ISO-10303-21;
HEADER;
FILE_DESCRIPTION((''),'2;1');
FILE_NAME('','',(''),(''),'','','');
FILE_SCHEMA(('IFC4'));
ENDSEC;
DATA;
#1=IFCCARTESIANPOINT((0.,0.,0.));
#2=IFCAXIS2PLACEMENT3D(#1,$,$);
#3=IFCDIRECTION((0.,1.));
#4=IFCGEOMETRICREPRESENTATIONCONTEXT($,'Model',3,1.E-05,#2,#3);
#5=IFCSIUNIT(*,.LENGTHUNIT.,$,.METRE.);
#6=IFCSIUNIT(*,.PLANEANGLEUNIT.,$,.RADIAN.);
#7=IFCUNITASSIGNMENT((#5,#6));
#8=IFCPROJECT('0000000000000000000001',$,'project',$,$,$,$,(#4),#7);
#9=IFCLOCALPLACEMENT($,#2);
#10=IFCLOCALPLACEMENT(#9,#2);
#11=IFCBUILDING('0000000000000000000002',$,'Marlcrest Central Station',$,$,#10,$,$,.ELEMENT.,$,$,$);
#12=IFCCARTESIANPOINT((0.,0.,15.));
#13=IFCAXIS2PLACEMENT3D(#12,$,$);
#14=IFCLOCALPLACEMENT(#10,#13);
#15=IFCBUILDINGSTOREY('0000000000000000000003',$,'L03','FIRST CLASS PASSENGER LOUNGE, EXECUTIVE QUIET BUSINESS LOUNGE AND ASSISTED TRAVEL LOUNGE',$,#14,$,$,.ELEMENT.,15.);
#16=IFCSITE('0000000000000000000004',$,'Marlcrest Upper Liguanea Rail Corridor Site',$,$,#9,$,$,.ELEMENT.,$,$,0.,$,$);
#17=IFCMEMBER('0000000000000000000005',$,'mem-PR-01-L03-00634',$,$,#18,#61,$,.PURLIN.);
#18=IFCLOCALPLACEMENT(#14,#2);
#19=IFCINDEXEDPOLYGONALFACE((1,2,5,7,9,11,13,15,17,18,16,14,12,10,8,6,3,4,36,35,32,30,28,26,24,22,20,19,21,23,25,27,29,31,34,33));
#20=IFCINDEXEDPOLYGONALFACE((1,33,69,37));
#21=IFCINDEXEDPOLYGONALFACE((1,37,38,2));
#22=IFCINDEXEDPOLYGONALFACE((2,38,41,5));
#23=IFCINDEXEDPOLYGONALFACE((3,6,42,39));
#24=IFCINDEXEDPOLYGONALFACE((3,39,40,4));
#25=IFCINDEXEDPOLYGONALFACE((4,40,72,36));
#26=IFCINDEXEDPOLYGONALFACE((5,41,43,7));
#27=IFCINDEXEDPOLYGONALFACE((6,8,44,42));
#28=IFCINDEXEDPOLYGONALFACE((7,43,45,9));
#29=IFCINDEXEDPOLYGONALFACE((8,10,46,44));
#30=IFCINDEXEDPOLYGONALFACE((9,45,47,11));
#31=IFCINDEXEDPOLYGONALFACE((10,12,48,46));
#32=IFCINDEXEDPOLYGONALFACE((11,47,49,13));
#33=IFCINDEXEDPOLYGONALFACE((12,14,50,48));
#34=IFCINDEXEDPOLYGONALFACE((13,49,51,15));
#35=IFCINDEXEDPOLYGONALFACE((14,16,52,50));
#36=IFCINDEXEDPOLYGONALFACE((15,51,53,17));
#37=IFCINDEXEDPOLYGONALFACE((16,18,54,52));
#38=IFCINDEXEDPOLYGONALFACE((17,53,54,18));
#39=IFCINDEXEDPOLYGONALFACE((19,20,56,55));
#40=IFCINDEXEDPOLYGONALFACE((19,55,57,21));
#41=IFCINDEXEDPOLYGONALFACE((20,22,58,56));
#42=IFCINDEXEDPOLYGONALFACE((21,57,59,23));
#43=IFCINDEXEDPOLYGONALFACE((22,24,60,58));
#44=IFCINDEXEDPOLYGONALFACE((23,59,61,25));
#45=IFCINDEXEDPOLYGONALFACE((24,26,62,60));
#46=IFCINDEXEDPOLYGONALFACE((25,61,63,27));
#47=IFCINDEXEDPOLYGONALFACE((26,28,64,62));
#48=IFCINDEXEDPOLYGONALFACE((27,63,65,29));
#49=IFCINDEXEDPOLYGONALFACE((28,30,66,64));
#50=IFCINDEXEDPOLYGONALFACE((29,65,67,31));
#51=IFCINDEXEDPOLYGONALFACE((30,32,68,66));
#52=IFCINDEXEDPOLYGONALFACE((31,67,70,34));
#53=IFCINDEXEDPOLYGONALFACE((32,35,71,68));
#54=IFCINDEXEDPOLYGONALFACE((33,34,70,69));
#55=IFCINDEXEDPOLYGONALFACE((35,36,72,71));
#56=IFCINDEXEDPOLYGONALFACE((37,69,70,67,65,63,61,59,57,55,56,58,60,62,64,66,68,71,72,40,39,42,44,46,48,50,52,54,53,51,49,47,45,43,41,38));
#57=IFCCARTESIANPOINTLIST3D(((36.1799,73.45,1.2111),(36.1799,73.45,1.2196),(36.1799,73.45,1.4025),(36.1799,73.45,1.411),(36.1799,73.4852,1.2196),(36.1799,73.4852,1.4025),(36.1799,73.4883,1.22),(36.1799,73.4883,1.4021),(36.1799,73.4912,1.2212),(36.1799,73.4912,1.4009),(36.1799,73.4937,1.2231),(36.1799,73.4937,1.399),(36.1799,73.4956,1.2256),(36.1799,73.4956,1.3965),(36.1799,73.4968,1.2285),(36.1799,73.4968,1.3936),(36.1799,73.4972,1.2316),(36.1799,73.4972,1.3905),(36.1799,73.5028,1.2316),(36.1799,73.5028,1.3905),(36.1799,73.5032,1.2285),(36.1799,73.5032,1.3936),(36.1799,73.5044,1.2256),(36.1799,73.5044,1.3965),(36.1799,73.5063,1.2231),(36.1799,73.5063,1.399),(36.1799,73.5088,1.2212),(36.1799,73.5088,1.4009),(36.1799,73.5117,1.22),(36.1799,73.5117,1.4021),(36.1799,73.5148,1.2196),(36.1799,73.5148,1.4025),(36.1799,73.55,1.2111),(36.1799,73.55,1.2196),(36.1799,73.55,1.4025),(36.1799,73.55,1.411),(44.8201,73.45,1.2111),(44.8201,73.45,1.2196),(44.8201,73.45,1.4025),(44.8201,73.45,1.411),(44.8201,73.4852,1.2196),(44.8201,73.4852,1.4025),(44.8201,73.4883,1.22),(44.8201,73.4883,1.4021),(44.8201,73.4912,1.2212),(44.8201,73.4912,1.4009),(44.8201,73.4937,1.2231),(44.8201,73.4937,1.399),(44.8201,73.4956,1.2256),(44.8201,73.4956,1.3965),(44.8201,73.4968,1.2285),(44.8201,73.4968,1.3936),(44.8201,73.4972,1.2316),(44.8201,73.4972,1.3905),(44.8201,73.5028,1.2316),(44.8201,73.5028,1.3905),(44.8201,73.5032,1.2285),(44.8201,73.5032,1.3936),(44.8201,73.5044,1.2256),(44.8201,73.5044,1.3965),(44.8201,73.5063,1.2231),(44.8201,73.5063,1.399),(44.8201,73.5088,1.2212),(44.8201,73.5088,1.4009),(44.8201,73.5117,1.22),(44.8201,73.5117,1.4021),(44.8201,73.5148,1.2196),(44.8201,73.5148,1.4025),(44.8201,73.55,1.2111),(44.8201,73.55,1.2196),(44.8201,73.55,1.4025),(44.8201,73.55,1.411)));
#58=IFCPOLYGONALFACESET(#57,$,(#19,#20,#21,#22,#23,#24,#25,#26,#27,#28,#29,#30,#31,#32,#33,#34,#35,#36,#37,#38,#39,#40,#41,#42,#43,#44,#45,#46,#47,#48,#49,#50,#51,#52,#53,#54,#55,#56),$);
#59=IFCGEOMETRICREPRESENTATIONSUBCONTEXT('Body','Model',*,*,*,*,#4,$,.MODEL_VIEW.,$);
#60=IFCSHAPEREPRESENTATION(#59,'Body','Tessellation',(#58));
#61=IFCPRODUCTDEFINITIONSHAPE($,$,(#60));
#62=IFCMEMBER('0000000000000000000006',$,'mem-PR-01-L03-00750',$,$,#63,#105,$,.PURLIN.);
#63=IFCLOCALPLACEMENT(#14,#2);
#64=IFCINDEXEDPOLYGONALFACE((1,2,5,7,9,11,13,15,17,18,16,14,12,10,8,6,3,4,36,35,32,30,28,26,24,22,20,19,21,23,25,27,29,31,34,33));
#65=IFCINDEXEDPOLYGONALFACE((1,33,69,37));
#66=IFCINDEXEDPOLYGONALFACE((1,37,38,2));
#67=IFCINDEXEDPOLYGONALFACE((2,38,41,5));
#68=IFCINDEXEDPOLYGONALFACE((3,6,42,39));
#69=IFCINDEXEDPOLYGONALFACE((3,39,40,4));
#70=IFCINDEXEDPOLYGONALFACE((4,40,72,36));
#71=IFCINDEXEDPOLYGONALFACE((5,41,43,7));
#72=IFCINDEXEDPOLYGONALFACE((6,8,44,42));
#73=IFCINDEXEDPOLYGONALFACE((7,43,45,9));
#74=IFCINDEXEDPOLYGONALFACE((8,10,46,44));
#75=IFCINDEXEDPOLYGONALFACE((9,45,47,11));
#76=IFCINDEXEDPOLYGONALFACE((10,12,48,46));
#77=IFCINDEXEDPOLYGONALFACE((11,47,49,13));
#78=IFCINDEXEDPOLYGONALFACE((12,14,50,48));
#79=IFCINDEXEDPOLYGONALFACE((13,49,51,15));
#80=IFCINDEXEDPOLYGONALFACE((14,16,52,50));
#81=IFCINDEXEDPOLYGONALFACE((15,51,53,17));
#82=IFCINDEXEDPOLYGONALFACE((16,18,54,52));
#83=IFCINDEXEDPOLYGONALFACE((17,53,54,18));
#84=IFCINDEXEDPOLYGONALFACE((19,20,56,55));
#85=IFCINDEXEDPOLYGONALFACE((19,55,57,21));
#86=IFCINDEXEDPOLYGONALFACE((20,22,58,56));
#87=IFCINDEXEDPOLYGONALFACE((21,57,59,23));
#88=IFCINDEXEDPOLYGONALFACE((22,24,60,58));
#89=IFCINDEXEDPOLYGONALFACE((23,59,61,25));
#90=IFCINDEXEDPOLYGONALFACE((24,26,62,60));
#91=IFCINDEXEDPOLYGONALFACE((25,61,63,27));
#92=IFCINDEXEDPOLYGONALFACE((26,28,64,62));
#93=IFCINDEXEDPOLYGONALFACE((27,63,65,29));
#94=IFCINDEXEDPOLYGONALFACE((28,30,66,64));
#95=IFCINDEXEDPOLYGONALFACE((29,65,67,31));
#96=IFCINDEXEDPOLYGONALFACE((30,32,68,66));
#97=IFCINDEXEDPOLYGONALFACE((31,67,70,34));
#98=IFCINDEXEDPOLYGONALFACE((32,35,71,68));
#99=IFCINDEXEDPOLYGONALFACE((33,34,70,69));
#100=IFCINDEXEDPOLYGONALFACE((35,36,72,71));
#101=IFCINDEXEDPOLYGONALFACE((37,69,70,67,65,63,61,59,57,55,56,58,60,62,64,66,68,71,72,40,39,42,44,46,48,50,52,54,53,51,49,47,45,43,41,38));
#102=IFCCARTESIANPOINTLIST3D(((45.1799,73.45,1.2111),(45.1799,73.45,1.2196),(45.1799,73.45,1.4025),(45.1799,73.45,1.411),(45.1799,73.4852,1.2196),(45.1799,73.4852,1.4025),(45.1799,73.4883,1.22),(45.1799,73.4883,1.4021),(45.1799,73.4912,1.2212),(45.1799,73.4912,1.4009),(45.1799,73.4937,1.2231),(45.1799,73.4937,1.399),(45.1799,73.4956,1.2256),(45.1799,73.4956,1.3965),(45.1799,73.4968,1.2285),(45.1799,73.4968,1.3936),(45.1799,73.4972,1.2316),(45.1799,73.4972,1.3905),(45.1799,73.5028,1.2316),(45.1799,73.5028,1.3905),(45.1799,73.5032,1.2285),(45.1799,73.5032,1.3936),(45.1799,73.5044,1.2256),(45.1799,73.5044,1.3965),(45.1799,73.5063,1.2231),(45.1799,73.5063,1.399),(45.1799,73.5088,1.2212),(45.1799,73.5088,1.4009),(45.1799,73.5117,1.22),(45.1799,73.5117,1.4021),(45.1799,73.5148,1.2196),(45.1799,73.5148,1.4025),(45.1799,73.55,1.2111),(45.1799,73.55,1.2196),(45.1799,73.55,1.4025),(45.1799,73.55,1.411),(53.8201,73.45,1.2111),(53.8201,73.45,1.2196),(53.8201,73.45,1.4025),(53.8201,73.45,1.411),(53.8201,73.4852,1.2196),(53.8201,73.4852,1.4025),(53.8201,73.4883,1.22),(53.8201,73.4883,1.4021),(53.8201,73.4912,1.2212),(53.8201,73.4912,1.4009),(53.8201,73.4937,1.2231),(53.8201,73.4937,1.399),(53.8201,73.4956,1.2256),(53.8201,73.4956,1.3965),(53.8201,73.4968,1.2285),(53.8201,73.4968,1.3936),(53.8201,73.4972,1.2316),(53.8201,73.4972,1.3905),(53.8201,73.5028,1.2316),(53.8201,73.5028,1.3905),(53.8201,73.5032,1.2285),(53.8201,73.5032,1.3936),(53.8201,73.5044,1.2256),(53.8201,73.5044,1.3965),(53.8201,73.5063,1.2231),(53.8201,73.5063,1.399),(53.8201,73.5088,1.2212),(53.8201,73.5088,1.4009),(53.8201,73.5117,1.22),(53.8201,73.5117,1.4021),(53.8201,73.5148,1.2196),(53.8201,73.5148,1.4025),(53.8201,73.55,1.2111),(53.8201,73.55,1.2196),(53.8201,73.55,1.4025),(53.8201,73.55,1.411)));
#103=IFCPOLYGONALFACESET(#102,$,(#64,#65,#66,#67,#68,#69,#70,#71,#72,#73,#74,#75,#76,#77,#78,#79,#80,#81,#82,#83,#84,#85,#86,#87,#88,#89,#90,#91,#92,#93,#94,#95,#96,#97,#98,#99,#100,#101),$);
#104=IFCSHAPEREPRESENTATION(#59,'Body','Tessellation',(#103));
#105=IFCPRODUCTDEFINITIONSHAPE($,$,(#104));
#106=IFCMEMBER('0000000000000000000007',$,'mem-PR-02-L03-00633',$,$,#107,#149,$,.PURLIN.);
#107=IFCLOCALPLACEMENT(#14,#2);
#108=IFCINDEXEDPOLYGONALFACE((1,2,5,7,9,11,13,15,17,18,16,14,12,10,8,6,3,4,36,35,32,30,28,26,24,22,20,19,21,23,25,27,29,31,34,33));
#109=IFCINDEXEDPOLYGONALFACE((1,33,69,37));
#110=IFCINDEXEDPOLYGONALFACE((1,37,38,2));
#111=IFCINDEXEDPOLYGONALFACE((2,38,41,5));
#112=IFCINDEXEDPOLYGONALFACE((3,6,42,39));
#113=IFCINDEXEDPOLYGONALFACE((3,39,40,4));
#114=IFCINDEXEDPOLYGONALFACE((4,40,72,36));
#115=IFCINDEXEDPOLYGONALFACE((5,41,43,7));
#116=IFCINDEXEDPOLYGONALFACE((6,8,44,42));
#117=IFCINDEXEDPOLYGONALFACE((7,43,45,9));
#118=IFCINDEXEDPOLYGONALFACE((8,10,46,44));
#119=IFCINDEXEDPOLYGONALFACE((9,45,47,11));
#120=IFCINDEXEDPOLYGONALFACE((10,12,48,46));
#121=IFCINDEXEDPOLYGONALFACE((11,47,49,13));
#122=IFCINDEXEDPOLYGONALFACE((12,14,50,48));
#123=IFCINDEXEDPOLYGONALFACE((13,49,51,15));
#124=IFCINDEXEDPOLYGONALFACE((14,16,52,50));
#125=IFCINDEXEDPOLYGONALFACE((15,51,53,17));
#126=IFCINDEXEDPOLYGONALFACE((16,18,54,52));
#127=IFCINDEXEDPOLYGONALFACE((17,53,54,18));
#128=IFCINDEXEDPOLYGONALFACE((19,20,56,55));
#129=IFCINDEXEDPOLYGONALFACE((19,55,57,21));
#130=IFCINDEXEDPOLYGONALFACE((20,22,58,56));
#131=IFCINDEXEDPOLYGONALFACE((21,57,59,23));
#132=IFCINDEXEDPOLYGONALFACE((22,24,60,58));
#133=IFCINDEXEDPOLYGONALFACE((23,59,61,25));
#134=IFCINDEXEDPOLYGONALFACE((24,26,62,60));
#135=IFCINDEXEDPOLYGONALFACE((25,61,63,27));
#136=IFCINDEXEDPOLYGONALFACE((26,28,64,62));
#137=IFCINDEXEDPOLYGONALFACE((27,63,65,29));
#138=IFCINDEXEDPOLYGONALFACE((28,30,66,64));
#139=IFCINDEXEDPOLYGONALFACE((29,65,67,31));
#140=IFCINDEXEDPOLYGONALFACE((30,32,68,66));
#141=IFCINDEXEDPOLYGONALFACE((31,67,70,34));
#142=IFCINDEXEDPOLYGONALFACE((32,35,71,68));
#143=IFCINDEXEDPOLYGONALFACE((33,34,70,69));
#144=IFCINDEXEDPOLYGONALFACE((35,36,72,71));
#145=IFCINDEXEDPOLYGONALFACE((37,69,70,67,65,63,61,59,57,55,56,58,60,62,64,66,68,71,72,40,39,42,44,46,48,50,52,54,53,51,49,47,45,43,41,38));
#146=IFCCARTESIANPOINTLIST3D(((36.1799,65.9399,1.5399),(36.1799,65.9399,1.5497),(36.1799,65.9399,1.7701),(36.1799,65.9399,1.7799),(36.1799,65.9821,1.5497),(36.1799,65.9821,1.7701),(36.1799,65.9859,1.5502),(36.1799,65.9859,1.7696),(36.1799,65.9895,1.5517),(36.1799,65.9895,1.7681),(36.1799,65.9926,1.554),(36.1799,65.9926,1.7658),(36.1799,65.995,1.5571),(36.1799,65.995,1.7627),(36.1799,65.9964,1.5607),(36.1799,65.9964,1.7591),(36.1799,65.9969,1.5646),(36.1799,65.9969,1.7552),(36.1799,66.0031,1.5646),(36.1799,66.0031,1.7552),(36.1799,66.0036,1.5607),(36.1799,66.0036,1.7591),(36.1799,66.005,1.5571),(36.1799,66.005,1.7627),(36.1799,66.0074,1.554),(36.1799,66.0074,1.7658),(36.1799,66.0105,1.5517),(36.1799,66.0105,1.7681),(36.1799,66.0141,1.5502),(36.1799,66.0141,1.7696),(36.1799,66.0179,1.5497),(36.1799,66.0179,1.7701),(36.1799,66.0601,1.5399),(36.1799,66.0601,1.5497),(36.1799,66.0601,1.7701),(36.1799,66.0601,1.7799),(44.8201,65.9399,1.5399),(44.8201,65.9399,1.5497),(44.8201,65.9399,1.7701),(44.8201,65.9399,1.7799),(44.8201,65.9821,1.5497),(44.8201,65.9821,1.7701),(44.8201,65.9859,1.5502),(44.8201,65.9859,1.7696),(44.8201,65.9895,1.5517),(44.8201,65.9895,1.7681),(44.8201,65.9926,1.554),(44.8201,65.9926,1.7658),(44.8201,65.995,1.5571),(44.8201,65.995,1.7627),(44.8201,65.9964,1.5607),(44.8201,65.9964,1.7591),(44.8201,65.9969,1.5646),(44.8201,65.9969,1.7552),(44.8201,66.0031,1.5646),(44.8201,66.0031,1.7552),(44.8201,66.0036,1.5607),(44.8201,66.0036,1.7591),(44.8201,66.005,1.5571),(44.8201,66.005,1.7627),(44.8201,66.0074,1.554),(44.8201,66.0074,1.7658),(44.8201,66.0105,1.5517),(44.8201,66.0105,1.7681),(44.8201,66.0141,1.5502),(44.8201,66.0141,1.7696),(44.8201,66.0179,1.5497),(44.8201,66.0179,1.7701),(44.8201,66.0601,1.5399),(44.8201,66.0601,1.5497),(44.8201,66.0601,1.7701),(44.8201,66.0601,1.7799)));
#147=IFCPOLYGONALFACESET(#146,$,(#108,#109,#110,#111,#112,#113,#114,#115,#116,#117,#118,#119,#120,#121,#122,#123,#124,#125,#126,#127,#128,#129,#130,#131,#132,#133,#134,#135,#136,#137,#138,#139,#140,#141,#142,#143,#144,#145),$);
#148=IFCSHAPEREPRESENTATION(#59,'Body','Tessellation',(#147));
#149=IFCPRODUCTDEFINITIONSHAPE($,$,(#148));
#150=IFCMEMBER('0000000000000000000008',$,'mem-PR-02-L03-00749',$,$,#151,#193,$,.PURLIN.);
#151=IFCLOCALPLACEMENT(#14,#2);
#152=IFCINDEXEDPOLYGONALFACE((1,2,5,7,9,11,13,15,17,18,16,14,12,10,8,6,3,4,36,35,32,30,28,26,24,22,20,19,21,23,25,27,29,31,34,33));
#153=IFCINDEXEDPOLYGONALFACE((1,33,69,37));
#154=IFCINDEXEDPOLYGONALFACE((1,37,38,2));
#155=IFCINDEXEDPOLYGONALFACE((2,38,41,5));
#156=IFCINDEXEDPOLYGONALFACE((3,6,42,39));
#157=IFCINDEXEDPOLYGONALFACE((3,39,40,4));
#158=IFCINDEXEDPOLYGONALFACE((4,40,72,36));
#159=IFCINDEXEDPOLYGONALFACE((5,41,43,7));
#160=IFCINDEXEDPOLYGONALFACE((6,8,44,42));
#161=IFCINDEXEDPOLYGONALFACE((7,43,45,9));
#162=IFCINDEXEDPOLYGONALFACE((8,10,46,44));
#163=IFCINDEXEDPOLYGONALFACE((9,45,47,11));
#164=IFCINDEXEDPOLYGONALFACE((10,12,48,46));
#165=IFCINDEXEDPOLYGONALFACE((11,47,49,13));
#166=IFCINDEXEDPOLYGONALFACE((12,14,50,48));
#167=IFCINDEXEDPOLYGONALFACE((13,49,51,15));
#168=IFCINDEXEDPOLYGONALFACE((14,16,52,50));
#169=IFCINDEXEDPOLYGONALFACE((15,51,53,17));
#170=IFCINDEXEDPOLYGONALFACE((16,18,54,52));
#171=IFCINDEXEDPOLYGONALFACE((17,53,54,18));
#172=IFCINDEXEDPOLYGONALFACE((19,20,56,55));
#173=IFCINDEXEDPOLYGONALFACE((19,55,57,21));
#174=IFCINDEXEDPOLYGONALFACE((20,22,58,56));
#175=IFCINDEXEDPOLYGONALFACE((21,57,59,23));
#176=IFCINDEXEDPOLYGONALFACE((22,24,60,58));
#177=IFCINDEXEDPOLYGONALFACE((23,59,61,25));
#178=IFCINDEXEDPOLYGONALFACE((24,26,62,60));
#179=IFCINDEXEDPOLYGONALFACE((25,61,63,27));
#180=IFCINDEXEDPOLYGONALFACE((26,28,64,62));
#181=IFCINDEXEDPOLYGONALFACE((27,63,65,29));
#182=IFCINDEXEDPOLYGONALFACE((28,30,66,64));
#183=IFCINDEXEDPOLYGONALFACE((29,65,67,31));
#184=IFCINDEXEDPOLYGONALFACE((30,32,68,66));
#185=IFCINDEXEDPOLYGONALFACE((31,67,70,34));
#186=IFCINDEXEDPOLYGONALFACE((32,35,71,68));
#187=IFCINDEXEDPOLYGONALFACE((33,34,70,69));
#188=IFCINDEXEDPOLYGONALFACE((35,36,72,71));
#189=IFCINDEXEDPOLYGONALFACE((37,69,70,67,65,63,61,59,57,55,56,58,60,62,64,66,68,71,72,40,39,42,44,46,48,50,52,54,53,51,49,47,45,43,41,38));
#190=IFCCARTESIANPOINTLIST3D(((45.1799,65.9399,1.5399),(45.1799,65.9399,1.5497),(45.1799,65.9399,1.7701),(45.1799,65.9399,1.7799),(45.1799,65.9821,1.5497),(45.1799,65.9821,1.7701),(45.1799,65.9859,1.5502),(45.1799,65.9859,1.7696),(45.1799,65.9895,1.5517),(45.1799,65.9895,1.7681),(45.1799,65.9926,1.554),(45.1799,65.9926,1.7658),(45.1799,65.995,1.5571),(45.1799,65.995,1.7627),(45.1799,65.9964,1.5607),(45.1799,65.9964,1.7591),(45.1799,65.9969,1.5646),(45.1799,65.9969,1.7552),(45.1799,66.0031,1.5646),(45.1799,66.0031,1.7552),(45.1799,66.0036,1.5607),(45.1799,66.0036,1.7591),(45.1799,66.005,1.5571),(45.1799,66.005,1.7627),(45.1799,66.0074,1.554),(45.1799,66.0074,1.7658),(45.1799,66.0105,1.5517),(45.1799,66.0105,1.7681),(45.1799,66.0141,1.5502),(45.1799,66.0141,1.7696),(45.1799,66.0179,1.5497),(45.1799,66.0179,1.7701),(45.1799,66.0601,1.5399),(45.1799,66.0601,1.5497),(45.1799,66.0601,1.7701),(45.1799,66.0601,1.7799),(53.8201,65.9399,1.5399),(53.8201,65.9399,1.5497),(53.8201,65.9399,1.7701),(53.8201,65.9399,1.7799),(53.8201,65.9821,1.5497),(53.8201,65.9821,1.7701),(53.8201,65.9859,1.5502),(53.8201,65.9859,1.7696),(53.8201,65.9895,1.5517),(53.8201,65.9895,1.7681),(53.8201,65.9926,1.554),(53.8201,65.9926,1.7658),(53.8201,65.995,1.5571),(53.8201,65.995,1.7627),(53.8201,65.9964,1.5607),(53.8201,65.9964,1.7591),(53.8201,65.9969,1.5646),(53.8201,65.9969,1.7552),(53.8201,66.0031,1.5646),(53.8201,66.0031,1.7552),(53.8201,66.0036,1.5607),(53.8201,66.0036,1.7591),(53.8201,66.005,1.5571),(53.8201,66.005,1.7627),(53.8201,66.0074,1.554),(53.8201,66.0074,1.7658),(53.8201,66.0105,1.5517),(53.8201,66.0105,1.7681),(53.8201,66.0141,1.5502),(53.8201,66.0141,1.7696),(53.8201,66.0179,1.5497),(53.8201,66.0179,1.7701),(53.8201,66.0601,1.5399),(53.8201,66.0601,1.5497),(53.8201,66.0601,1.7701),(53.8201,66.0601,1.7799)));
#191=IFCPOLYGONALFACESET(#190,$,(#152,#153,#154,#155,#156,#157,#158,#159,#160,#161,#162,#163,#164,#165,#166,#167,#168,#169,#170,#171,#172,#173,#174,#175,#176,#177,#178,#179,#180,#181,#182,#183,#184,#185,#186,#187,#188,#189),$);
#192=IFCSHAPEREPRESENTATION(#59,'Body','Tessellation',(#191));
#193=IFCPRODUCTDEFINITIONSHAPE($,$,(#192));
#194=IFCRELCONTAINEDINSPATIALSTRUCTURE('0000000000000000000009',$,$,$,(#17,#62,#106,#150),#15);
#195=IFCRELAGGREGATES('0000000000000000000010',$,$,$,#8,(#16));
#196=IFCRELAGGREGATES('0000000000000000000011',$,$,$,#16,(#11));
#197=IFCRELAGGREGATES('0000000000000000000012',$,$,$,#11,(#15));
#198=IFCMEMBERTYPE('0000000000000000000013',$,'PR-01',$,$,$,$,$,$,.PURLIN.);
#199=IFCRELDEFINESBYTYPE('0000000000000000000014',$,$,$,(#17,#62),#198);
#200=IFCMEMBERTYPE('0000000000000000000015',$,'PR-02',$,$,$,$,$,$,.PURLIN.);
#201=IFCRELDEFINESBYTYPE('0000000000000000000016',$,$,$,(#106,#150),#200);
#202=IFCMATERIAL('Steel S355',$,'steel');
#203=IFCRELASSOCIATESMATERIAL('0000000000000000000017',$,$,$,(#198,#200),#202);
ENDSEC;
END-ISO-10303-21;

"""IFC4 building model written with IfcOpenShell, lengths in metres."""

from ifc_helpers import new_model, si_unit, direction, frame, origin, origin_2d, place, context, subcontext, project, spatial, i_section, extrude, material, material_profile, profile_set, type_object, element, save


model = new_model("IFC4")

# Units and contexts
model_context = context("Model", 3, precision=1e-05, world=origin(), true_north=direction((0.0, 1.0)))
body_context = subcontext(model_context, "Body", "Model", "MODEL_VIEW")
ifc_project = project(units=[si_unit("LENGTHUNIT", "METRE"), si_unit("PLANEANGLEUNIT", "RADIAN")], contexts=[model_context])

# Site, building, storey
site_placement = place(None, origin())
site = spatial("IfcSite", under=ifc_project, at=site_placement, Name="Marlcrest Upper Liguanea Rail Corridor Site", CompositionType="ELEMENT", RefElevation=0.0)
building_placement = place(site_placement, origin())
building = spatial("IfcBuilding", under=site, at=building_placement, Name="Marlcrest Central Station", CompositionType="ELEMENT")
storey_placement = place(building_placement, frame((0.0, 0.0, 15.0)))
storey = spatial("IfcBuildingStorey", under=building, at=storey_placement, Name="L03", Description="FIRST CLASS PASSENGER LOUNGE, EXECUTIVE QUIET BUSINESS LOUNGE AND ASSISTED TRAVEL LOUNGE", CompositionType="ELEMENT", Elevation=15.0)

# Members
ifc_material_1 = material(Name="Steel S355", Category="steel")
ifc_material_profile_1 = material_profile(ifc_material_1, i_section(OverallWidth=0.1001, OverallDepth=0.2, WebThickness=0.0056, FlangeThickness=0.0085, FilletRadius=0.012, at=origin_2d()), Name="IPE 200")
ifc_profile_set_1 = profile_set([ifc_material_profile_1], Name="Steel S355")
member_type_1 = type_object("IfcMemberType", Name="PR-01", PredefinedType="PURLIN", material=ifc_profile_set_1)
for number, where, z_axis, x_axis, name in (
    (1, (36.1799, 73.5, 1.311), (1.0, 0.0, 0.0), (0.0, 1.0, 0.0), "mem-PR-01-L03-00634"),
    (2, (45.1799, 73.5, 1.311), (1.0, 0.0, 0.0), (0.0, 1.0, 0.0), "mem-PR-01-L03-00750"),
):
    element("IfcMember", number, at=place(storey_placement, frame(where, z_axis=z_axis, x_axis=x_axis)), inside=storey, type_object=member_type_1, Name=name, PredefinedType="PURLIN", context=body_context, shape_type="SweptSolid", body=[
        extrude(i_section(OverallWidth=0.1001, OverallDepth=0.2, WebThickness=0.0056, FlangeThickness=0.0085, FilletRadius=0.012, at=origin_2d()), origin(), (0.0, 0.0, 1.0), 8.6401),
    ])
ifc_material_profile_2 = material_profile(ifc_material_1, i_section(OverallWidth=0.1201, OverallDepth=0.24, WebThickness=0.0061, FlangeThickness=0.0098, FilletRadius=0.0149, at=origin_2d()), Name="IPE 240")
ifc_profile_set_2 = profile_set([ifc_material_profile_2], Name="Steel S355")
member_type_2 = type_object("IfcMemberType", Name="PR-02", PredefinedType="PURLIN", material=ifc_profile_set_2)
for number, where, z_axis, x_axis, name in (
    (3, (36.1799, 66.0, 1.6599), (1.0, 0.0, 0.0), (0.0, 1.0, 0.0), "mem-PR-02-L03-00633"),
    (4, (45.1799, 66.0, 1.6599), (1.0, 0.0, 0.0), (0.0, 1.0, 0.0), "mem-PR-02-L03-00749"),
):
    element("IfcMember", number, at=place(storey_placement, frame(where, z_axis=z_axis, x_axis=x_axis)), inside=storey, type_object=member_type_2, Name=name, PredefinedType="PURLIN", context=body_context, shape_type="SweptSolid", body=[
        extrude(i_section(OverallWidth=0.1201, OverallDepth=0.24, WebThickness=0.0061, FlangeThickness=0.0098, FilletRadius=0.0149, at=origin_2d()), origin(), (0.0, 0.0, 1.0), 8.6401),
    ])

save(model, "model.ifc")
